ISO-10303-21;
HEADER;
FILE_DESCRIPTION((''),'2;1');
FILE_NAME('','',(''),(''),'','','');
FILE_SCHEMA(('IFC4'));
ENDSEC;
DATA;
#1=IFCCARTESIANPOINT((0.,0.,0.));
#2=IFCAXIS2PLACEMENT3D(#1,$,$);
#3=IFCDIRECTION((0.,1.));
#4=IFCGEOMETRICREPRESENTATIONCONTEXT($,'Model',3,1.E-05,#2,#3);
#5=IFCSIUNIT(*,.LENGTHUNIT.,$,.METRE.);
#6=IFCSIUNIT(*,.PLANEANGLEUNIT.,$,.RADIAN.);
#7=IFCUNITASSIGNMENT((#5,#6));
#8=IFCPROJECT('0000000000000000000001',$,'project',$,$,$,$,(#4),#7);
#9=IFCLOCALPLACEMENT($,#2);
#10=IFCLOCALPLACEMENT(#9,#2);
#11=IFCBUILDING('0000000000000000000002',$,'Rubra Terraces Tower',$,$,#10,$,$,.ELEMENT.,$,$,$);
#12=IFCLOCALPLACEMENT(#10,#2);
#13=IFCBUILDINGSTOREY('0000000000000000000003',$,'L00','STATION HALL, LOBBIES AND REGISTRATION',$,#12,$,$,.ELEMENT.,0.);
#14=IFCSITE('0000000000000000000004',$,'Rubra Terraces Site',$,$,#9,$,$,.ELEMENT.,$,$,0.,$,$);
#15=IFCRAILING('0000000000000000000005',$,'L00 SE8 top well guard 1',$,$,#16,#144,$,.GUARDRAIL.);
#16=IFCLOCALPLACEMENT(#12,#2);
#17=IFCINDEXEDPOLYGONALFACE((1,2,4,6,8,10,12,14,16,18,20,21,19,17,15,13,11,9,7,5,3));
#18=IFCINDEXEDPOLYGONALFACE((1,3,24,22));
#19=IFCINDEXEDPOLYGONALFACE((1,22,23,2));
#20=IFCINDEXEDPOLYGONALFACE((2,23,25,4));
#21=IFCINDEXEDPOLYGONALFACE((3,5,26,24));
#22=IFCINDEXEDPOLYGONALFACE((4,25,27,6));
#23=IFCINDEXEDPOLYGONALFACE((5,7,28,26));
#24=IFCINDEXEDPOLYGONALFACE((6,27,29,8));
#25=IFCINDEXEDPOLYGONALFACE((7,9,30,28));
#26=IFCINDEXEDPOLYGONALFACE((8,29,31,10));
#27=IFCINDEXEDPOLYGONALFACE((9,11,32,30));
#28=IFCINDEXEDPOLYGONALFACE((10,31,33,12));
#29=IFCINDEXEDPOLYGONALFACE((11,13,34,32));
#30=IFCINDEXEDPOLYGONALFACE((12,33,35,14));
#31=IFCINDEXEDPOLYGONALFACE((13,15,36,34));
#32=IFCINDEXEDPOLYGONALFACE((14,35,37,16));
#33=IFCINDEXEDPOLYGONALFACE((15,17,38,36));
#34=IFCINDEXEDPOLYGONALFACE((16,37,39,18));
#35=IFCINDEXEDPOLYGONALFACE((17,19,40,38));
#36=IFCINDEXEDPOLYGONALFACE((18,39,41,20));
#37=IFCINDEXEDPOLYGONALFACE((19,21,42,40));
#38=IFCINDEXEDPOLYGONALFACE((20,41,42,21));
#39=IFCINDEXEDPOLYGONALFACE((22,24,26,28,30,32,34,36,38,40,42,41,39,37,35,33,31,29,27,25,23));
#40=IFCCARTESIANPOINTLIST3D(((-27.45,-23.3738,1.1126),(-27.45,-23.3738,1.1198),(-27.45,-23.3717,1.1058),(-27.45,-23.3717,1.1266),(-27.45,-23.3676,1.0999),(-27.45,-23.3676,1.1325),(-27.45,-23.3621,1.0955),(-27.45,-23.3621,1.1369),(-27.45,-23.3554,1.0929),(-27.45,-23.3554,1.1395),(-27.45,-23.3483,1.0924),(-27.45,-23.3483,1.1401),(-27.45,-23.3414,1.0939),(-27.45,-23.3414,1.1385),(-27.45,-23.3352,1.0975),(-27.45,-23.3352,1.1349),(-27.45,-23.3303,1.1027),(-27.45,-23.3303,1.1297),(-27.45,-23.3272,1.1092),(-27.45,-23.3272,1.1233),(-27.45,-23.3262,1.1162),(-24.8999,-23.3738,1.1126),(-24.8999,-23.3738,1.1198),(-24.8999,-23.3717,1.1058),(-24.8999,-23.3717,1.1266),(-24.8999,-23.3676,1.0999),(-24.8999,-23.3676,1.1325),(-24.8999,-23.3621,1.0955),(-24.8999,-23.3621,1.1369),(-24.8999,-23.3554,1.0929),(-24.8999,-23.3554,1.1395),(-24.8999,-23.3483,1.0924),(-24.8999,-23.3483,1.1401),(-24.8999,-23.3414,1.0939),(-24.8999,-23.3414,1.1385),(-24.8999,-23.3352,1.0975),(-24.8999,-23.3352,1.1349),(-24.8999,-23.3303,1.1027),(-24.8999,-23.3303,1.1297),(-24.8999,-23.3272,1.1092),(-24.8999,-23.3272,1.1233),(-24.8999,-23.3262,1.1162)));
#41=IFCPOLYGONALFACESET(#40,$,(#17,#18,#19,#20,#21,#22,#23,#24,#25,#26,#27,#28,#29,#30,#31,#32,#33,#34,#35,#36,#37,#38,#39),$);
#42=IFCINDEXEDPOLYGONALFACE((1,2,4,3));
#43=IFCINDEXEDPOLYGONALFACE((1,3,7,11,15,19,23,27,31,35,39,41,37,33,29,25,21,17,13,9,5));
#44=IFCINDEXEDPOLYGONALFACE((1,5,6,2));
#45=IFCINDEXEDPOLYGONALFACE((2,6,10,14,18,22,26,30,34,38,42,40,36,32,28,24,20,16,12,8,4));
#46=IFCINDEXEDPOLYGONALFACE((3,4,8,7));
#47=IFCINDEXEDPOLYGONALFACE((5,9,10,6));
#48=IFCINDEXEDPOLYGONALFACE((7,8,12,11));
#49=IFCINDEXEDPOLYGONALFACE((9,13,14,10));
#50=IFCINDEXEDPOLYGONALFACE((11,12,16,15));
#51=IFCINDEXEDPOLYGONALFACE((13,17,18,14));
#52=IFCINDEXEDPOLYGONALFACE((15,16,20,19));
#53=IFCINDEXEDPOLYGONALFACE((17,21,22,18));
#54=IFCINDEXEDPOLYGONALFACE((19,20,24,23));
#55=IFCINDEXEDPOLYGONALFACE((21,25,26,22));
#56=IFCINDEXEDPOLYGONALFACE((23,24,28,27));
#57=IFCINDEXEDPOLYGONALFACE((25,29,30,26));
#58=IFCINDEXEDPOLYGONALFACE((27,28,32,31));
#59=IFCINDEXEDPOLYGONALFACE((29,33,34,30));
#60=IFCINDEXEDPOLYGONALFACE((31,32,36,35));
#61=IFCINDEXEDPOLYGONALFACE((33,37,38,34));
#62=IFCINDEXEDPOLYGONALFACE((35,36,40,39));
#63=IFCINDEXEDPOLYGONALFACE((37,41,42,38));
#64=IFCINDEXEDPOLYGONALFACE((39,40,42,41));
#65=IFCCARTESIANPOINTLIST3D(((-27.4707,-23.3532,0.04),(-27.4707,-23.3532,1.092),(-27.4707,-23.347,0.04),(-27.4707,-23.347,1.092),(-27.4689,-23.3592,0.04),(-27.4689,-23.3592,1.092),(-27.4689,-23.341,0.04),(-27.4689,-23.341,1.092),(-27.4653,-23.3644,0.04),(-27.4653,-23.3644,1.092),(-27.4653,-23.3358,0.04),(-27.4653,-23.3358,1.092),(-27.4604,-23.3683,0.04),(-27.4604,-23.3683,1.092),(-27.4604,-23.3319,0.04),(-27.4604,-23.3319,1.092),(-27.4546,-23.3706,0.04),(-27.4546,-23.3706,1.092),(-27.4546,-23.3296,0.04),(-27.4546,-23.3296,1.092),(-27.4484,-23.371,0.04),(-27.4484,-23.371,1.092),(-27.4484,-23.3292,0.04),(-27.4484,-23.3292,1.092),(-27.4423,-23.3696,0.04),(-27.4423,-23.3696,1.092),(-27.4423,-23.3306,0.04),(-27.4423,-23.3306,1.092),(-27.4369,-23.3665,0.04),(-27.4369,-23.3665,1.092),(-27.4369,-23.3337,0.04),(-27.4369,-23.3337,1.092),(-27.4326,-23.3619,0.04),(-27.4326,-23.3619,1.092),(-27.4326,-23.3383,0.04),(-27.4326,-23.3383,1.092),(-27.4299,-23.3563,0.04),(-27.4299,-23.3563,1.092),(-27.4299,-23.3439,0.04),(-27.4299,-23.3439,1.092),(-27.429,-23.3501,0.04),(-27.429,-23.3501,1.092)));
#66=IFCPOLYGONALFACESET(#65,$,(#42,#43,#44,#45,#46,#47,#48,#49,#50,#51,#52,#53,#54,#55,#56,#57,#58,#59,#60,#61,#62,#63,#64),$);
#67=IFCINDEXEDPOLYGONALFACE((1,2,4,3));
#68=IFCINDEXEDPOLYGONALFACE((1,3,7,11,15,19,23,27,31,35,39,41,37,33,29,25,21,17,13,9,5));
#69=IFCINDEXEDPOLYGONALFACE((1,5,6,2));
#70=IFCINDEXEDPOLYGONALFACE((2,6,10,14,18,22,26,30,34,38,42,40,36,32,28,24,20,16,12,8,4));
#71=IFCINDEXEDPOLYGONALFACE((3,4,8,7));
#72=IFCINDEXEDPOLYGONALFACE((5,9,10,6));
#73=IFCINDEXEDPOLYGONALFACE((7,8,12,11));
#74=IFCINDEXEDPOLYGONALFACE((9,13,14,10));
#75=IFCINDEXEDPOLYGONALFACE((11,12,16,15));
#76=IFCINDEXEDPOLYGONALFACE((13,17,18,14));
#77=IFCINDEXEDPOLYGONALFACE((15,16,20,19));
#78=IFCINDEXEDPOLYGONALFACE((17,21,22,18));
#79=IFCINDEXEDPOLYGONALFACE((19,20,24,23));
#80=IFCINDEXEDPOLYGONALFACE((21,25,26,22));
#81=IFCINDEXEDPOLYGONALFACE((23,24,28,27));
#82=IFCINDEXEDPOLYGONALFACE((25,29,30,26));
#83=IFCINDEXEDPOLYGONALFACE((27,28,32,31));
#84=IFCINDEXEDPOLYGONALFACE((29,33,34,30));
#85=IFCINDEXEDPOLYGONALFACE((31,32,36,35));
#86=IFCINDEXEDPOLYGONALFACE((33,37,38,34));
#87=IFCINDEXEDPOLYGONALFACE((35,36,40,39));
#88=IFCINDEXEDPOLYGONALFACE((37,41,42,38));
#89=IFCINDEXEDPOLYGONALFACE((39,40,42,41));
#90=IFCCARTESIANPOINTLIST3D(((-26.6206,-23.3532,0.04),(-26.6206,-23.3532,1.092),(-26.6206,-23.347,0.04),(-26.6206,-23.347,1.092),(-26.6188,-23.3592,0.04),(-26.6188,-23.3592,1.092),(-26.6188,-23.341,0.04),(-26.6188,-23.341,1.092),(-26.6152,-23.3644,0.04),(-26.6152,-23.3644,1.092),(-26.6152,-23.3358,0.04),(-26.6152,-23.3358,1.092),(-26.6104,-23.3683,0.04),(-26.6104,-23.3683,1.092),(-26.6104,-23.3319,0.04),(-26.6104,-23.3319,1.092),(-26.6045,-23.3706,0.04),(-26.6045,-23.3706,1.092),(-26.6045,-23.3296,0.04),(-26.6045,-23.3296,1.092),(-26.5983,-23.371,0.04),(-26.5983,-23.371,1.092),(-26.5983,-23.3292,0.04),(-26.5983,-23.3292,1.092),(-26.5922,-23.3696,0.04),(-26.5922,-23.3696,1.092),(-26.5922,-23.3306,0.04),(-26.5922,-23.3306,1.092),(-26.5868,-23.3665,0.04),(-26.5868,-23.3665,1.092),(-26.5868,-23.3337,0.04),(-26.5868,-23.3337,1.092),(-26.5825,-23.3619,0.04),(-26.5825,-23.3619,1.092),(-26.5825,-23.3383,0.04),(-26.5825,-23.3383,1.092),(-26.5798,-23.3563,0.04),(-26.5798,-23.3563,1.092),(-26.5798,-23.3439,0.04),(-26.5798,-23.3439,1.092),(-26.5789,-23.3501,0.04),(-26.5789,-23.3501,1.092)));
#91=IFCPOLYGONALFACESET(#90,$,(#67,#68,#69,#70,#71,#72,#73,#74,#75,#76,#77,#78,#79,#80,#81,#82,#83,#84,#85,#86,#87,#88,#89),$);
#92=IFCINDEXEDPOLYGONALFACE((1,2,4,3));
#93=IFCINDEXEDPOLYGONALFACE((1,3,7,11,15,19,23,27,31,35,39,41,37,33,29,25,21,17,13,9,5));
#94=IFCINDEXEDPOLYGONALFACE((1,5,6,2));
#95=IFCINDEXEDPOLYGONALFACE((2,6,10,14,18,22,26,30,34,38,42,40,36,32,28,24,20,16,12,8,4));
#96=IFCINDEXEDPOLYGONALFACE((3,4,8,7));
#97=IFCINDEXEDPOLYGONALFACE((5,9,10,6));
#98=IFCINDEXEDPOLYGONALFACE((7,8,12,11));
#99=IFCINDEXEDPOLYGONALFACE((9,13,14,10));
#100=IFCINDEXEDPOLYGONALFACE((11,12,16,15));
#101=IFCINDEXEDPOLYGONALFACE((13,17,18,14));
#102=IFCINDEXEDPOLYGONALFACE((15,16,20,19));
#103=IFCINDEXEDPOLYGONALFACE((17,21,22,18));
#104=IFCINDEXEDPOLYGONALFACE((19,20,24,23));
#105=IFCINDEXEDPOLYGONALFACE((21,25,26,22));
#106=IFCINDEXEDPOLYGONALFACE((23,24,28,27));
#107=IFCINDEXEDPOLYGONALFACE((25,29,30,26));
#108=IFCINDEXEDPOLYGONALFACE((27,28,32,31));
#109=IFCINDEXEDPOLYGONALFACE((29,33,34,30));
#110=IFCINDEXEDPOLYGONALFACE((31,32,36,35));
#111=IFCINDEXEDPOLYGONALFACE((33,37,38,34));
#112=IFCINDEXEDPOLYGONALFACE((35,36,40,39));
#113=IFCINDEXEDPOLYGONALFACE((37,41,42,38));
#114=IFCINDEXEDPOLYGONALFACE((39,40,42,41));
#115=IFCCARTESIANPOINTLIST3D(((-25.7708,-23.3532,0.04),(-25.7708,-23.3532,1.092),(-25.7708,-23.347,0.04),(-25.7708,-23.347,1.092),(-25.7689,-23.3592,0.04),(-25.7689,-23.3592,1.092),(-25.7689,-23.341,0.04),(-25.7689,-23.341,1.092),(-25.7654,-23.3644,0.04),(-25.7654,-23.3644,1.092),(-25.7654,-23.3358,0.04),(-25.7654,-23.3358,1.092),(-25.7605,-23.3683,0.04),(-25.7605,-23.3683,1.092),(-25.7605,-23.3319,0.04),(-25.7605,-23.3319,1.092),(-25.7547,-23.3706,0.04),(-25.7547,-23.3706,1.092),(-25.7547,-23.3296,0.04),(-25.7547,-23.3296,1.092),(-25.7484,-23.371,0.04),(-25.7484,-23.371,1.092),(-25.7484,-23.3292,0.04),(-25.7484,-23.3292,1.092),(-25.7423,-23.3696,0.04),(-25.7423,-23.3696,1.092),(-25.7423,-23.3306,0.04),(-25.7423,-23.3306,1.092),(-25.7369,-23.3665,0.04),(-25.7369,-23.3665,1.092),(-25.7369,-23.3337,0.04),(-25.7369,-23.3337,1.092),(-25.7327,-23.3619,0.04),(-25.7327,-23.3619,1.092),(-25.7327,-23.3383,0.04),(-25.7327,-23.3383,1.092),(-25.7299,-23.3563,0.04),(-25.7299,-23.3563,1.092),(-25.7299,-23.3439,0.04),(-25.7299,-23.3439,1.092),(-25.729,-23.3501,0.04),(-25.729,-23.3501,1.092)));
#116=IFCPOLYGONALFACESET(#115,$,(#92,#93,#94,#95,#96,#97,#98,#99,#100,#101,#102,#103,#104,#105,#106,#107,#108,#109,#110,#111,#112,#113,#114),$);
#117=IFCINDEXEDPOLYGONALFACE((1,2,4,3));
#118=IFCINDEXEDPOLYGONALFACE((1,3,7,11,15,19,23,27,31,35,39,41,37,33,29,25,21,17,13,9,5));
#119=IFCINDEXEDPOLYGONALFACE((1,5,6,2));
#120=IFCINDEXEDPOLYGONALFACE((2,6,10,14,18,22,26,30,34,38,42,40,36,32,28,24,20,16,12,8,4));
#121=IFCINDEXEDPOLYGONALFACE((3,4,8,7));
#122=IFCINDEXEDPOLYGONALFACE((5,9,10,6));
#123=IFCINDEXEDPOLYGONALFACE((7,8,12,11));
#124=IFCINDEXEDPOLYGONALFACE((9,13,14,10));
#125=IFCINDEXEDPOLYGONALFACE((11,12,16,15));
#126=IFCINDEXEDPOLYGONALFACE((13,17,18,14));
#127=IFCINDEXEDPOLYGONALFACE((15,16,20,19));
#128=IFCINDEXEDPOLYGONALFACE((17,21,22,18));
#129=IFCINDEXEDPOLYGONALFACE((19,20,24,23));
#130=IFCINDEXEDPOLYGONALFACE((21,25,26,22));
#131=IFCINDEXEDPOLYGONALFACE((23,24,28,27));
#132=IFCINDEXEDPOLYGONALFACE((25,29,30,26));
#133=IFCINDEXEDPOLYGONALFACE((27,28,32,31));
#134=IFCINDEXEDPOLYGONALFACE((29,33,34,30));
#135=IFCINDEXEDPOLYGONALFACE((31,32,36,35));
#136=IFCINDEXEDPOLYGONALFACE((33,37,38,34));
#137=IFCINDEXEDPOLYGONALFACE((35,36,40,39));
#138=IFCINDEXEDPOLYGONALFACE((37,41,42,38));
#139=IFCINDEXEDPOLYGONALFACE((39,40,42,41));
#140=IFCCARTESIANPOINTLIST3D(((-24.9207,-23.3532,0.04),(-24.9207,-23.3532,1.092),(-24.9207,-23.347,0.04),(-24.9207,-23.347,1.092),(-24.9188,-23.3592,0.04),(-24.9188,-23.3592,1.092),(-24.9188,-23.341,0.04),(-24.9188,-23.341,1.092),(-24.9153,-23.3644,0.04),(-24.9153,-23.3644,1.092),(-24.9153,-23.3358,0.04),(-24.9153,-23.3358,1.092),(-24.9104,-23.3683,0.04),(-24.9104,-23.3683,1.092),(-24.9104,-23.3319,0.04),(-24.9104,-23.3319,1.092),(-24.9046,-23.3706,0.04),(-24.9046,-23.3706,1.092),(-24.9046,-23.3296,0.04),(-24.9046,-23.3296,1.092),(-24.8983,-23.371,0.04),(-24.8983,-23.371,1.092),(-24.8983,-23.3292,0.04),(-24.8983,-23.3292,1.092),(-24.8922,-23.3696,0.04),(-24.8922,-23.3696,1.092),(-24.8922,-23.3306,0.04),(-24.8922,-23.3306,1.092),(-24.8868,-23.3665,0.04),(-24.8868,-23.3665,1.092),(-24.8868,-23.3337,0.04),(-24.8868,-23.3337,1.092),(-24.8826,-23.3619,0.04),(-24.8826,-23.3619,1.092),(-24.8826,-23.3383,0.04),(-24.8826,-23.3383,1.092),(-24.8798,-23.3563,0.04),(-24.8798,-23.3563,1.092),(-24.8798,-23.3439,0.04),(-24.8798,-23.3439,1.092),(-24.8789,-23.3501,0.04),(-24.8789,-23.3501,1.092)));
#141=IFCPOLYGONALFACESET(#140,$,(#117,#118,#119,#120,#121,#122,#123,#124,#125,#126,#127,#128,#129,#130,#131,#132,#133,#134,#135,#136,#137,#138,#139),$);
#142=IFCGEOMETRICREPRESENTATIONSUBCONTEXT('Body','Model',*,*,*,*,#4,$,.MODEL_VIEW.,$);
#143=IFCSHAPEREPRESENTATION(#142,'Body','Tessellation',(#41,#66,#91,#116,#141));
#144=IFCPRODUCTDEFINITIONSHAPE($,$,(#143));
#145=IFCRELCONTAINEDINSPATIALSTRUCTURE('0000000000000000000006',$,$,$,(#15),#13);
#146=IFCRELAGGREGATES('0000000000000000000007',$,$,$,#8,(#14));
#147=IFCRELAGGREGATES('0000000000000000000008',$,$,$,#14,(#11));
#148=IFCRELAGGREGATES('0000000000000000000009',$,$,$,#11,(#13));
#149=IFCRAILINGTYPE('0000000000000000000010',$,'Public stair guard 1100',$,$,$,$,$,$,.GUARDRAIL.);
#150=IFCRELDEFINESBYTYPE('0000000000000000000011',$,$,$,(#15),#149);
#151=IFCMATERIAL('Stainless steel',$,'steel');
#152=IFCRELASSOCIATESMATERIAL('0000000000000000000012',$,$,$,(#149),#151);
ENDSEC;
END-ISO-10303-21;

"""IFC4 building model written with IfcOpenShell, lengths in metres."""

from ifc_helpers import new_model, si_unit, direction, frame, origin, origin_2d, place, context, subcontext, project, spatial, circle, extrude, material, type_object, element, save


model = new_model("IFC4")

# Units and contexts
model_context = context("Model", 3, precision=1e-05, world=origin(), true_north=direction((0.0, 1.0)))
body_context = subcontext(model_context, "Body", "Model", "MODEL_VIEW")
ifc_project = project(units=[si_unit("LENGTHUNIT", "METRE"), si_unit("PLANEANGLEUNIT", "RADIAN")], contexts=[model_context])

# Site, building, storey
site_placement = place(None, origin())
site = spatial("IfcSite", under=ifc_project, at=site_placement, Name="Rubra Terraces Site", CompositionType="ELEMENT", RefElevation=0.0)
building_placement = place(site_placement, origin())
building = spatial("IfcBuilding", under=site, at=building_placement, Name="Rubra Terraces Tower", CompositionType="ELEMENT")
storey_placement = place(building_placement, origin())
storey = spatial("IfcBuildingStorey", under=building, at=storey_placement, Name="L00", Description="STATION HALL, LOBBIES AND REGISTRATION", CompositionType="ELEMENT", Elevation=0.0)

# Railing
ifc_material_1 = material(Name="Stainless steel", Category="steel")
railing_type_1 = type_object("IfcRailingType", Name="Public stair guard 1100", PredefinedType="GUARDRAIL", material=ifc_material_1)
railing_1_placement = place(storey_placement, frame((-27.45, -23.3501, 0.04)))
element("IfcRailing", 1, at=railing_1_placement, inside=storey, type_object=railing_type_1, Name="L00 SE8 top well guard 1", PredefinedType="GUARDRAIL", context=body_context, shape_type="SweptSolid", body=[
    extrude(circle(Radius=0.0239, at=origin_2d()), frame((0.0, 0.0, 1.0762), z_axis=(1.0, 0.0, 0.0), x_axis=(0.0, 1.0, 0.0)), (0.0, 0.0, 1.0), 2.55),
    extrude(circle(Radius=0.021, at=origin_2d()), origin(), (0.0, 0.0, 1.0), 1.052),
    extrude(circle(Radius=0.021, at=origin_2d()), frame((0.8501, 0.0, 0.0)), (0.0, 0.0, 1.0), 1.052),
    extrude(circle(Radius=0.021, at=origin_2d()), frame((1.7, 0.0, 0.0)), (0.0, 0.0, 1.0), 1.052),
    extrude(circle(Radius=0.021, at=origin_2d()), frame((2.55, 0.0, 0.0)), (0.0, 0.0, 1.0), 1.052),
])

save(model, "model.ifc")
